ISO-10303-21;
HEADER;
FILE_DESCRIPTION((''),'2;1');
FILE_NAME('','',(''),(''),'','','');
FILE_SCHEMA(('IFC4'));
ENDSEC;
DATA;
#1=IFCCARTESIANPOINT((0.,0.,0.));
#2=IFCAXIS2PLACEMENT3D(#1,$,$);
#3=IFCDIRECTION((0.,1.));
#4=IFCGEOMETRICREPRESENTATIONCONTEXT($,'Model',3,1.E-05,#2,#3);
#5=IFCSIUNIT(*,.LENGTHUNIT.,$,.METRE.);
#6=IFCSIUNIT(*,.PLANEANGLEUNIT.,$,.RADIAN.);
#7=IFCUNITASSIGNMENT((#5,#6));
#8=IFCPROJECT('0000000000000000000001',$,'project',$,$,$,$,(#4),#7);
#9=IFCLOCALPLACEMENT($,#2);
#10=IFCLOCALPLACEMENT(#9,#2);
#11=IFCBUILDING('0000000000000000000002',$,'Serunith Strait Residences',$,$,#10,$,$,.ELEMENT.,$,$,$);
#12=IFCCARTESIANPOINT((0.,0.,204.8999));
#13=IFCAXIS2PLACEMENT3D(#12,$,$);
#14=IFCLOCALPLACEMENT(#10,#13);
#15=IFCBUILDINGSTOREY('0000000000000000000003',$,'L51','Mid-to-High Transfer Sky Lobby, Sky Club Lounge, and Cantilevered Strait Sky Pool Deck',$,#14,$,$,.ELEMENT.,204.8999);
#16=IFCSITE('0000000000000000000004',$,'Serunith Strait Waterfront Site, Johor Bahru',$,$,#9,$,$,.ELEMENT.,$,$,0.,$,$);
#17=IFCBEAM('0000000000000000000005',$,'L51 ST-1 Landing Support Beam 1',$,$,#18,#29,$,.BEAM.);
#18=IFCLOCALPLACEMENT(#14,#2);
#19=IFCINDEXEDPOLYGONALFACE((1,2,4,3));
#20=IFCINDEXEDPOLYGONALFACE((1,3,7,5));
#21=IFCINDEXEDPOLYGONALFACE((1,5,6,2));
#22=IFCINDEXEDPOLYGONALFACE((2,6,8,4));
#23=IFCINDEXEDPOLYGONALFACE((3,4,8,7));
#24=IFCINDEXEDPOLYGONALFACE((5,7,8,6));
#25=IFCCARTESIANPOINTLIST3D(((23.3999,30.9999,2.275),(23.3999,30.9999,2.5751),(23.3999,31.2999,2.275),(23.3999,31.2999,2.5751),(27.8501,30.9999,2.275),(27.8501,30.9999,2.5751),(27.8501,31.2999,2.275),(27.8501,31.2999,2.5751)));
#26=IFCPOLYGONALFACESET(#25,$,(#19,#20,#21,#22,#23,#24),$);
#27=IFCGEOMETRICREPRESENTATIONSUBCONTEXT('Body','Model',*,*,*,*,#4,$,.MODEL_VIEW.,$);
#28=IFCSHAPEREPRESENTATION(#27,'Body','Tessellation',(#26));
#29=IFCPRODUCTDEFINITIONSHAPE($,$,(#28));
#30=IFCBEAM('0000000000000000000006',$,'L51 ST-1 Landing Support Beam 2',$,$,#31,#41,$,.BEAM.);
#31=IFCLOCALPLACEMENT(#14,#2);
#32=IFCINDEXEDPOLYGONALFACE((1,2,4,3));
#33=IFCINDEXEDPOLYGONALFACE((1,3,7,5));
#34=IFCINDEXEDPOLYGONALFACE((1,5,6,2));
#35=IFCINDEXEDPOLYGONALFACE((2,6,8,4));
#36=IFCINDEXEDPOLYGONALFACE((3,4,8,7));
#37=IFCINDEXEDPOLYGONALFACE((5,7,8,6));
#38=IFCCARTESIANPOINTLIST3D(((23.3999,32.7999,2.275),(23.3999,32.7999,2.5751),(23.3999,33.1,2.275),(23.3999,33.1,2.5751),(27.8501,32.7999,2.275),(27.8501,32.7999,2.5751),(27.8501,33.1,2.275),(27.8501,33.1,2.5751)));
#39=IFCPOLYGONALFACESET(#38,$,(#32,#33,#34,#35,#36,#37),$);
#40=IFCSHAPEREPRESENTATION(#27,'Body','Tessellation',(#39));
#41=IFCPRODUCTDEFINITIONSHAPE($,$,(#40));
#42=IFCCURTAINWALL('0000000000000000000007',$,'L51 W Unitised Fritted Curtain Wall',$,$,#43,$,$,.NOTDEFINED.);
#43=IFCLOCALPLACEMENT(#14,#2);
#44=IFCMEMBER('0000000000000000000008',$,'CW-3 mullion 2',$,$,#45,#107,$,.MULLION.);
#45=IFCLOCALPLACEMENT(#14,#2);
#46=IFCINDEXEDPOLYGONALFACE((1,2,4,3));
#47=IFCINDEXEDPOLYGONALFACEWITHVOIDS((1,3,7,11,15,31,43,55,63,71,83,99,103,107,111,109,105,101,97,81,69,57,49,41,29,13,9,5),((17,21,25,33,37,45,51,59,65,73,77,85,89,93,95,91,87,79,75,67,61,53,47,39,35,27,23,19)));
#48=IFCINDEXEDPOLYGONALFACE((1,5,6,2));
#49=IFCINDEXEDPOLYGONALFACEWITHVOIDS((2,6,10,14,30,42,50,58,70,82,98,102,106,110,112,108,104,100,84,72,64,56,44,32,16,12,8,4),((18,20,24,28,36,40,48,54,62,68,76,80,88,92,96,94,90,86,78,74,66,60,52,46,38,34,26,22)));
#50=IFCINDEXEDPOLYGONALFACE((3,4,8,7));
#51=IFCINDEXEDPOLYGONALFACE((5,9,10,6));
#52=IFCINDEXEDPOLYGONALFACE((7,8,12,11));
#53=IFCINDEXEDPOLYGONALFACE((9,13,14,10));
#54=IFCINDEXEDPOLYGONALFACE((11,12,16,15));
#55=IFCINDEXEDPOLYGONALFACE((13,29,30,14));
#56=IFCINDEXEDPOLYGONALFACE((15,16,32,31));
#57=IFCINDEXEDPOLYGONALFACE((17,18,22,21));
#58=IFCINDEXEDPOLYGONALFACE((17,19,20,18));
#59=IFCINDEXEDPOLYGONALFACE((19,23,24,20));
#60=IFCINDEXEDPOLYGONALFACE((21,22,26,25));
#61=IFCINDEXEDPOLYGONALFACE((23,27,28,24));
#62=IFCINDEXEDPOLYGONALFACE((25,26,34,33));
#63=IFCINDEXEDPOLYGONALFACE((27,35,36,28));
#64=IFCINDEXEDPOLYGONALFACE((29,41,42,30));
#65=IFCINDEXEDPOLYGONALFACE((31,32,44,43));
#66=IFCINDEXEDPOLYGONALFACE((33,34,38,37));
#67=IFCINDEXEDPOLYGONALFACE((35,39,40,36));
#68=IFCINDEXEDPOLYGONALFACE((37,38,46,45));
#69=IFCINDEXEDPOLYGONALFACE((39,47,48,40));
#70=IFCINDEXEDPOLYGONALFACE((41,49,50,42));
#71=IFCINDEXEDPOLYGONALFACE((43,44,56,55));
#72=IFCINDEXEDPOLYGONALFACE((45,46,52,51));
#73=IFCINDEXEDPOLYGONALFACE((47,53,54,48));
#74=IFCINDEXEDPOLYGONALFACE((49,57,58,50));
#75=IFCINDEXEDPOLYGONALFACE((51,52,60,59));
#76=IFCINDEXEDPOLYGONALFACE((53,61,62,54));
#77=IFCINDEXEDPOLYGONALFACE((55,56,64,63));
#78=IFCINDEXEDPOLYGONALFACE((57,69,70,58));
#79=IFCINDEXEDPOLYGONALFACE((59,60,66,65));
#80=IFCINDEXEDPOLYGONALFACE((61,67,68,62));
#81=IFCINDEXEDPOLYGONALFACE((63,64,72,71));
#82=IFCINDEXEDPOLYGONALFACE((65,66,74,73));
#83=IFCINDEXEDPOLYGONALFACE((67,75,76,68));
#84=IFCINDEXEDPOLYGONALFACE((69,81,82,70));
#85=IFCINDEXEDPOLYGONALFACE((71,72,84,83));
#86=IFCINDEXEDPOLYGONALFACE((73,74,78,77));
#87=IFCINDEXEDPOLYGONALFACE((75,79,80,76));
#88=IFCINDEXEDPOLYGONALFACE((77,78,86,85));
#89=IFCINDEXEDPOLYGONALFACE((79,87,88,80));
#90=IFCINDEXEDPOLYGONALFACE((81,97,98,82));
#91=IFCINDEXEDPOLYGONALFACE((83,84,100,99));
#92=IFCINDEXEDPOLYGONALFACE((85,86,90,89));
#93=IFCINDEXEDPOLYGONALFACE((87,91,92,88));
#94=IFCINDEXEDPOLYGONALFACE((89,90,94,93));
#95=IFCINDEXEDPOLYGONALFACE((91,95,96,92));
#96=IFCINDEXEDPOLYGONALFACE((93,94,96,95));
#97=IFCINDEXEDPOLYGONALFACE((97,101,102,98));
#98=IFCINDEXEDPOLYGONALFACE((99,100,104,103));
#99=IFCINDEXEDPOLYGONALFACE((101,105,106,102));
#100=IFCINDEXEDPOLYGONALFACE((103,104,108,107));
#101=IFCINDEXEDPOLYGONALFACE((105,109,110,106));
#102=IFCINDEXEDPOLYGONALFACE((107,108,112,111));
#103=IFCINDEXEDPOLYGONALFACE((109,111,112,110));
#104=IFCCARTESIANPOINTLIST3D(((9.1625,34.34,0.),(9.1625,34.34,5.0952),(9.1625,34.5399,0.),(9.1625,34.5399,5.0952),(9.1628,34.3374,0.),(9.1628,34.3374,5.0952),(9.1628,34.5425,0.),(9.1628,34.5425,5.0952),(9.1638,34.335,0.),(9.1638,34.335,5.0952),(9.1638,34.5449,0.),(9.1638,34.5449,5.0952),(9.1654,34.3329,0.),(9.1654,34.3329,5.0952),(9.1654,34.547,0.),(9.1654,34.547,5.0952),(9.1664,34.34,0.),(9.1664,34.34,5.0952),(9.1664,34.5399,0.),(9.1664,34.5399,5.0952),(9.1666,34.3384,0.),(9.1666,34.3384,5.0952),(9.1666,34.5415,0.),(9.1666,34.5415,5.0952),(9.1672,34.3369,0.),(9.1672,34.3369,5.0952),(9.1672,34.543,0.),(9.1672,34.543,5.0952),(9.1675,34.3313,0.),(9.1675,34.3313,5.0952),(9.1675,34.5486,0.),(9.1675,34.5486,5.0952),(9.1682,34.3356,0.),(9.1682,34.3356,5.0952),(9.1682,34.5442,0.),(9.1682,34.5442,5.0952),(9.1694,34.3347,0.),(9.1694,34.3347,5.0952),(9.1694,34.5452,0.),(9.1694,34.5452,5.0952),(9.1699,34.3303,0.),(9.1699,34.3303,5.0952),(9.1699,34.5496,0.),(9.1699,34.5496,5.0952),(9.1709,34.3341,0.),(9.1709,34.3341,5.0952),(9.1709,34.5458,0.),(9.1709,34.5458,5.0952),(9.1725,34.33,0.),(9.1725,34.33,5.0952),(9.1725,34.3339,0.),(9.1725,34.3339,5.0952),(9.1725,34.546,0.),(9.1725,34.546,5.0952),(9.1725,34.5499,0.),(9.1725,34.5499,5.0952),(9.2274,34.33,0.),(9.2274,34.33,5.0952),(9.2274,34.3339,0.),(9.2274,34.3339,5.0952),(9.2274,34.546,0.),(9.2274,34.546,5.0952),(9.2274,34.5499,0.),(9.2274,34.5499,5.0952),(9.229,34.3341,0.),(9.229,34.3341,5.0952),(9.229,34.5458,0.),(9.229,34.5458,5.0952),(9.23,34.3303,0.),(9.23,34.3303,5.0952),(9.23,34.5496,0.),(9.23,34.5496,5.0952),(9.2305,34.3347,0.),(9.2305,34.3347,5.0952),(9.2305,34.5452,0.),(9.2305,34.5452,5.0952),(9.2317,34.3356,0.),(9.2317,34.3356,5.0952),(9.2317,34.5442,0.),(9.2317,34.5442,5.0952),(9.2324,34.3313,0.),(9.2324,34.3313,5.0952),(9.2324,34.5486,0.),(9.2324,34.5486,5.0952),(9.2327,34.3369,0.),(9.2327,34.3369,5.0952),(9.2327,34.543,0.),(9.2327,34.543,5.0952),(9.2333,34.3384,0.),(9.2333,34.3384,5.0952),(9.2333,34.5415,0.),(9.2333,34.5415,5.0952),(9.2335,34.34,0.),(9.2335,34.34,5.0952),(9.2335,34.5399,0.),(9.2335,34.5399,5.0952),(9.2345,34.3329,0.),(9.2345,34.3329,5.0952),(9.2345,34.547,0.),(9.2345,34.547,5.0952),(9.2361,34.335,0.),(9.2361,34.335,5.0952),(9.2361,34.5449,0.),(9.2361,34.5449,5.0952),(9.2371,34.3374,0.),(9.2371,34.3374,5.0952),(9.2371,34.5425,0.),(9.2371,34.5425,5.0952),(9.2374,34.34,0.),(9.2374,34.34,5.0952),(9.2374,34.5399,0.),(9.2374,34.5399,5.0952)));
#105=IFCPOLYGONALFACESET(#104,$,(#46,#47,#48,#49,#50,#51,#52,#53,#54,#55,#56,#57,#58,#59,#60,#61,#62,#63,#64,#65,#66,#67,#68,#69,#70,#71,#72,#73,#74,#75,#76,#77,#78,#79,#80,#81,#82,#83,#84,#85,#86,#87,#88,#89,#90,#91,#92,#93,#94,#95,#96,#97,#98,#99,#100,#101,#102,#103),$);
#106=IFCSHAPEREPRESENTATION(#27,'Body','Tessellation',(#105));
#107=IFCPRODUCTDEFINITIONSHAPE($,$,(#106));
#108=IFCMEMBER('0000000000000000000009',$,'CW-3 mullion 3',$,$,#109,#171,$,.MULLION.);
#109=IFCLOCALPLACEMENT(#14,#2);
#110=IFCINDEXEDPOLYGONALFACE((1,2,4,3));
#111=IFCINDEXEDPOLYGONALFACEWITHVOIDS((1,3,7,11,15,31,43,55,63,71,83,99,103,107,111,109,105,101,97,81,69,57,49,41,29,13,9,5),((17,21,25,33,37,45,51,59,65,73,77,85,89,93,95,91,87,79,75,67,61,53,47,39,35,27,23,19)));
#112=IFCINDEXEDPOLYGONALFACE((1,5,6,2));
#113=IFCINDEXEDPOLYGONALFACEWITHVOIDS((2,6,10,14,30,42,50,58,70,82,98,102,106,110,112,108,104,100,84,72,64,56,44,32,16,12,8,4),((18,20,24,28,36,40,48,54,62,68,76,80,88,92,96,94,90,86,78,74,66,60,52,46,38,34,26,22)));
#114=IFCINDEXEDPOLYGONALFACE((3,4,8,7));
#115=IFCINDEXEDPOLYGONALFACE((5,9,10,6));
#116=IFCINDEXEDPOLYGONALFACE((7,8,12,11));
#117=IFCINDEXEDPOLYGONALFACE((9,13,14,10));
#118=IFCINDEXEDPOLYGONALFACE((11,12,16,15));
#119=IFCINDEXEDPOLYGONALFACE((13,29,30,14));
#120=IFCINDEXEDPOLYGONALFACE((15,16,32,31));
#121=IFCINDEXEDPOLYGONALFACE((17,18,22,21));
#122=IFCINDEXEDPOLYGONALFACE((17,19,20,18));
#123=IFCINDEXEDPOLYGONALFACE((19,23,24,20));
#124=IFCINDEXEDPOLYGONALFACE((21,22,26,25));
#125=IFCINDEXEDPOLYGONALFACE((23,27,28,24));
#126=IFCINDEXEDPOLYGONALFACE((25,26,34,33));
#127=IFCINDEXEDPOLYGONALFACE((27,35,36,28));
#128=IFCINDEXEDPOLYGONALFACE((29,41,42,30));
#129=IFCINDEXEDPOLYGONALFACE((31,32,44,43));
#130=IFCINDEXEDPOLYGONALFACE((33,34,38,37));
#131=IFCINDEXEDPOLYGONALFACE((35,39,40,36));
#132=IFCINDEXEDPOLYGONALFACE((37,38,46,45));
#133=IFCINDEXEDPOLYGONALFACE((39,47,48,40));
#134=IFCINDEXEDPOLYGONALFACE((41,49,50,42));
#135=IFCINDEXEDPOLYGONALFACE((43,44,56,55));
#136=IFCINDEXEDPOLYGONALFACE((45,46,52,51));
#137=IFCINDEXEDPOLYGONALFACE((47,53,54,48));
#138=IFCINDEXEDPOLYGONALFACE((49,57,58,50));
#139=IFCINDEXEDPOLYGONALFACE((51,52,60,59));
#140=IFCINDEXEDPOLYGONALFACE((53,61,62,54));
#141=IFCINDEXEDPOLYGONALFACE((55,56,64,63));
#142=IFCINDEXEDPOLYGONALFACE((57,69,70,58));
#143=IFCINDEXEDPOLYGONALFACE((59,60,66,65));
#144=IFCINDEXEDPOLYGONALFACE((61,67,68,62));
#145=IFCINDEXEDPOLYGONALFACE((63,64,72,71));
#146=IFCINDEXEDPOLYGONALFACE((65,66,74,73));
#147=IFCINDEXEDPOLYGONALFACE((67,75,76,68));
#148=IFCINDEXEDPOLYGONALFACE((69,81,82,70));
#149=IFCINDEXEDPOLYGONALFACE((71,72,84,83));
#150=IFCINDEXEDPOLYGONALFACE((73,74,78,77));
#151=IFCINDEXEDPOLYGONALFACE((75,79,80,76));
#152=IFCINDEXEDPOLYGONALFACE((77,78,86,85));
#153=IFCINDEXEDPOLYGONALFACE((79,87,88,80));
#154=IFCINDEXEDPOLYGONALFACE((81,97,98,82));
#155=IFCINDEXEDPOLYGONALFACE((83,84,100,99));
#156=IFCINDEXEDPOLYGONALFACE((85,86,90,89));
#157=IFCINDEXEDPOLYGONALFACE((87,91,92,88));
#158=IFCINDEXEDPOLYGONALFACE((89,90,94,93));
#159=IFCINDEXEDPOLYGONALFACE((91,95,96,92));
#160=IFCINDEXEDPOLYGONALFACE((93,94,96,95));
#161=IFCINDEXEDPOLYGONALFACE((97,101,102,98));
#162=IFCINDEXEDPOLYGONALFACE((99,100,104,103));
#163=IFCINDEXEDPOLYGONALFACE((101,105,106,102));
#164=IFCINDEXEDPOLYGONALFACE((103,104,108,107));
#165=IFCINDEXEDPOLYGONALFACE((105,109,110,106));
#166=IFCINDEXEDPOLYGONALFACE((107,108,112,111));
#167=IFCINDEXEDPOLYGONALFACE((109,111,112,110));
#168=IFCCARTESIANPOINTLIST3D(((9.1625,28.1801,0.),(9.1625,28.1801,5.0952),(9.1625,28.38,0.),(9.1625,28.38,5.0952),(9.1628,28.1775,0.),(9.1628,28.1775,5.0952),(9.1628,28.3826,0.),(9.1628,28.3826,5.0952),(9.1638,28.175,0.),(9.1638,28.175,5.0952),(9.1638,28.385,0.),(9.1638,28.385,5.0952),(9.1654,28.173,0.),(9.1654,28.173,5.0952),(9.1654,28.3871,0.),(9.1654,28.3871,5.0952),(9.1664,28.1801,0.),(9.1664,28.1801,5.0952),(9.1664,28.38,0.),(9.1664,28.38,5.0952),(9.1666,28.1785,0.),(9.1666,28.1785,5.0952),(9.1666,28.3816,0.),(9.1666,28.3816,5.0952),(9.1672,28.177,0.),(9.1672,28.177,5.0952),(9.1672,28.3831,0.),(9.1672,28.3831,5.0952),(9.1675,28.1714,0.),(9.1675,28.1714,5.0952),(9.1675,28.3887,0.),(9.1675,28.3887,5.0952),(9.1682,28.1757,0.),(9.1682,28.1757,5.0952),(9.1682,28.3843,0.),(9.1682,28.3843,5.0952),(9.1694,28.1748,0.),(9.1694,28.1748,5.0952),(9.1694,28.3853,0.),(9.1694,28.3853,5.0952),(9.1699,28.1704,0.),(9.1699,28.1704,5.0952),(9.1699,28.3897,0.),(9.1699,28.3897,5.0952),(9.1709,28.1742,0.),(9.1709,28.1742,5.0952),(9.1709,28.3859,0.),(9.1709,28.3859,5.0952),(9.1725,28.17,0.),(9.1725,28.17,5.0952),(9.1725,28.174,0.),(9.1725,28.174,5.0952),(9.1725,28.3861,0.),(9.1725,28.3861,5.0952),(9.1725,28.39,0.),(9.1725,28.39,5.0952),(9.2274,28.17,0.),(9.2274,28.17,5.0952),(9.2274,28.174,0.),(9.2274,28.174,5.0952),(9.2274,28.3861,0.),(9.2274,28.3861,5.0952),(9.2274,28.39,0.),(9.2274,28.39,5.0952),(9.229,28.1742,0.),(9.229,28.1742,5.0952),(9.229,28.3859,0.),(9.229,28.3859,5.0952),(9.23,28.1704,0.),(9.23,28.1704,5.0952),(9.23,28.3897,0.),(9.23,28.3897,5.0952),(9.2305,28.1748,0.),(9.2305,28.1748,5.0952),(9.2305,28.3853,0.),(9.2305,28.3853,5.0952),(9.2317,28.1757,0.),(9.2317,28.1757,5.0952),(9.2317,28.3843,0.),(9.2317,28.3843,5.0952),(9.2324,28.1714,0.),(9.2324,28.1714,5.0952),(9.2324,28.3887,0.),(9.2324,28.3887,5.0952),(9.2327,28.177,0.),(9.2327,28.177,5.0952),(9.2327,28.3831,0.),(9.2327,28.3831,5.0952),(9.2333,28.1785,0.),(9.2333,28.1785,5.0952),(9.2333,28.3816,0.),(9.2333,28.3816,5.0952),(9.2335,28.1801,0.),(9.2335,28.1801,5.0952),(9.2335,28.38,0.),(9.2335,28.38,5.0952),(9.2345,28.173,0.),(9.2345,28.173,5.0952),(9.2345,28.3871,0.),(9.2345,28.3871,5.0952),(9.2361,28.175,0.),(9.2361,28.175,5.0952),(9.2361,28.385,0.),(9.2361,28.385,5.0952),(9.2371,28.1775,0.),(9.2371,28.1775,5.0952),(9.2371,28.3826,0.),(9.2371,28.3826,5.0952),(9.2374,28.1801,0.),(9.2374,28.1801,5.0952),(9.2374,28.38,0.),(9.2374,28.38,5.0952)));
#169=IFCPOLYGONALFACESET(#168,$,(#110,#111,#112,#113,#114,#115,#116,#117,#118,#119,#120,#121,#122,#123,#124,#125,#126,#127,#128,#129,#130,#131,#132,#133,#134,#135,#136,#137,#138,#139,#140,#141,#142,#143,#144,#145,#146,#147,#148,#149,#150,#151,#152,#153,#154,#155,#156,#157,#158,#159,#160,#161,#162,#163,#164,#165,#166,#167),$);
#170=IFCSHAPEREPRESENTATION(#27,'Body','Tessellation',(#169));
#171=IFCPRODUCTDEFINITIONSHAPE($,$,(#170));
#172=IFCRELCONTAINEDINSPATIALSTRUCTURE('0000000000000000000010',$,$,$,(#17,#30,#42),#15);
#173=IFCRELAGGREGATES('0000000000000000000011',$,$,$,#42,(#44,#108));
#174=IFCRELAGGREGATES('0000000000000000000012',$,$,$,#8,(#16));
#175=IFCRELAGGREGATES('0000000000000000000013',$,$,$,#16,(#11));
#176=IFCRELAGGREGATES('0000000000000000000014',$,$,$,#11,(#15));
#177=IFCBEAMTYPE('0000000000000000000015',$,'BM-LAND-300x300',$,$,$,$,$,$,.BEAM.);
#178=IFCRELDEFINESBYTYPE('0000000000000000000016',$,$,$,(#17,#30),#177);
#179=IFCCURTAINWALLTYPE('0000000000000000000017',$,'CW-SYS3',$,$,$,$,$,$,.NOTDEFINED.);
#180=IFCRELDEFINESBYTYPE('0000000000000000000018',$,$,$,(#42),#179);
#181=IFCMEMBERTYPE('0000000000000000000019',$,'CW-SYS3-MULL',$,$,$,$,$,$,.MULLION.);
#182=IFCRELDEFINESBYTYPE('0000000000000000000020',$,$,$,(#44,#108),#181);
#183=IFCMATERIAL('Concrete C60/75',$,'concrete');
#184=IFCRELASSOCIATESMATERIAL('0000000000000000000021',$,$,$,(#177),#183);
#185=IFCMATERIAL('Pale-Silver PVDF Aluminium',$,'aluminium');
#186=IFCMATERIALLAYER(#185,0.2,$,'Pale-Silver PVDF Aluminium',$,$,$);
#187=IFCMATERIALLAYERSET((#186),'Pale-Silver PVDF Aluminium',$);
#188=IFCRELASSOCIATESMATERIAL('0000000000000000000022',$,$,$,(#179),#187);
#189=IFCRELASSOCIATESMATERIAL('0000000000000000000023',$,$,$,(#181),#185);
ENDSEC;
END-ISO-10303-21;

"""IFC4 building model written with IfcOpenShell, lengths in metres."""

from ifc_helpers import new_model, si_unit, direction, frame, origin, origin_2d, place, context, subcontext, project, spatial, rectangle, hollow_rectangle, extrude, source, transform, mapped, material, layer, layer_set, material_profile, profile_set, type_object, element, aggregate, save


model = new_model("IFC4")

# Units and contexts
model_context = context("Model", 3, precision=1e-05, world=origin(), true_north=direction((0.0, 1.0)))
body_context = subcontext(model_context, "Body", "Model", "MODEL_VIEW")
ifc_project = project(units=[si_unit("LENGTHUNIT", "METRE"), si_unit("PLANEANGLEUNIT", "RADIAN")], contexts=[model_context])

# Site, building, storey
site_placement = place(None, origin())
site = spatial("IfcSite", under=ifc_project, at=site_placement, Name="Serunith Strait Waterfront Site, Johor Bahru", CompositionType="ELEMENT", RefElevation=0.0)
building_placement = place(site_placement, origin())
building = spatial("IfcBuilding", under=site, at=building_placement, Name="Serunith Strait Residences", CompositionType="ELEMENT")
storey_placement = place(building_placement, frame((0.0, 0.0, 204.8999)))
storey = spatial("IfcBuildingStorey", under=building, at=storey_placement, Name="L51", Description="Mid-to-High Transfer Sky Lobby, Sky Club Lounge, and Cantilevered Strait Sky Pool Deck", CompositionType="ELEMENT", Elevation=204.8999)

# Beams
ifc_material_1 = material(Name="Concrete C60/75", Category="concrete")
ifc_material_profile_1 = material_profile(ifc_material_1, rectangle(XDim=0.3, YDim=0.3, at=origin_2d()), Name="RC 300x300")
ifc_profile_set_1 = profile_set([ifc_material_profile_1], Name="Concrete C60/75")
beam_type_1 = type_object("IfcBeamType", Name="BM-LAND-300x300", PredefinedType="BEAM", material=ifc_profile_set_1)
shared_shape_1 = source(origin(), body_context, "Body", "SweptSolid", [
    extrude(rectangle(XDim=0.3, YDim=0.3, at=origin_2d()), origin(), (0.0, 0.0, 1.0), 4.4502),
])
for number, where, z_axis, x_axis, name in (
    (1, (23.3999, 31.1499, 2.425), (1.0, 0.0, 0.0), (0.0, 1.0, 0.0), "L51 ST-1 Landing Support Beam 1"),
    (2, (23.3999, 32.95, 2.425), (1.0, 0.0, 0.0), (0.0, 1.0, 0.0), "L51 ST-1 Landing Support Beam 2"),
):
    element("IfcBeam", number, at=place(storey_placement, frame(where, z_axis=z_axis, x_axis=x_axis)), inside=storey, type_object=beam_type_1, Name=name, PredefinedType="BEAM", context=body_context, shape_type="MappedRepresentation", body=[
        mapped(shared_shape_1, transform((0.0, 0.0, 0.0), scale=1.0)),
    ])

# Curtain wall, members
ifc_material_2 = material(Name="Pale-Silver PVDF Aluminium", Category="aluminium")
ifc_layer_1 = layer(ifc_material_2, 0.2, Name="Pale-Silver PVDF Aluminium")
ifc_layer_set_1 = layer_set([ifc_layer_1], Name="Pale-Silver PVDF Aluminium")
curtain_wall_type = type_object("IfcCurtainWallType", Name="CW-SYS3", PredefinedType="NOTDEFINED", material=ifc_layer_set_1)
curtain_wall_placement = place(storey_placement, origin())
curtain_wall = element("IfcCurtainWall", 3, at=curtain_wall_placement, inside=storey, type_object=curtain_wall_type, Name="L51 W Unitised Fritted Curtain Wall", PredefinedType="NOTDEFINED")
ifc_material_profile_2 = material_profile(ifc_material_2, hollow_rectangle(XDim=0.075, YDim=0.22, WallThickness=0.0039, InnerFilletRadius=0.0061, OuterFilletRadius=0.01, at=origin_2d()), Name="ALU 220x75x4")
ifc_profile_set_2 = profile_set([ifc_material_profile_2], Name="Pale-Silver PVDF Aluminium")
member_type_1 = type_object("IfcMemberType", Name="CW-SYS3-MULL", PredefinedType="MULLION", material=ifc_profile_set_2)
shared_shape_2 = source(origin(), body_context, "Body", "SweptSolid", [
    extrude(hollow_rectangle(XDim=0.075, YDim=0.22, WallThickness=0.0039, InnerFilletRadius=0.0061, OuterFilletRadius=0.01, at=origin_2d()), origin(), (0.0, 0.0, 1.0), 5.0952),
])
member_1_placement = place(storey_placement, frame((9.2, 34.4399, 0.0), z_axis=(0.0, 0.0, 1.0), x_axis=(1.0, 0.0, 0.0)))
member_1 = element("IfcMember", 4, at=member_1_placement, type_object=member_type_1, Name="CW-3 mullion 2", PredefinedType="MULLION", context=body_context, shape_type="MappedRepresentation", body=[
    mapped(shared_shape_2, transform((0.0, 0.0, 0.0), scale=1.0)),
])
member_2_placement = place(storey_placement, frame((9.2, 28.28, 0.0), z_axis=(0.0, 0.0, 1.0), x_axis=(1.0, 0.0, 0.0)))
member_2 = element("IfcMember", 5, at=member_2_placement, type_object=member_type_1, Name="CW-3 mullion 3", PredefinedType="MULLION", context=body_context, shape_type="MappedRepresentation", body=[
    mapped(shared_shape_2, transform((0.0, 0.0, 0.0), scale=1.0)),
])
aggregate(curtain_wall, [member_1, member_2])

save(model, "model.ifc")
